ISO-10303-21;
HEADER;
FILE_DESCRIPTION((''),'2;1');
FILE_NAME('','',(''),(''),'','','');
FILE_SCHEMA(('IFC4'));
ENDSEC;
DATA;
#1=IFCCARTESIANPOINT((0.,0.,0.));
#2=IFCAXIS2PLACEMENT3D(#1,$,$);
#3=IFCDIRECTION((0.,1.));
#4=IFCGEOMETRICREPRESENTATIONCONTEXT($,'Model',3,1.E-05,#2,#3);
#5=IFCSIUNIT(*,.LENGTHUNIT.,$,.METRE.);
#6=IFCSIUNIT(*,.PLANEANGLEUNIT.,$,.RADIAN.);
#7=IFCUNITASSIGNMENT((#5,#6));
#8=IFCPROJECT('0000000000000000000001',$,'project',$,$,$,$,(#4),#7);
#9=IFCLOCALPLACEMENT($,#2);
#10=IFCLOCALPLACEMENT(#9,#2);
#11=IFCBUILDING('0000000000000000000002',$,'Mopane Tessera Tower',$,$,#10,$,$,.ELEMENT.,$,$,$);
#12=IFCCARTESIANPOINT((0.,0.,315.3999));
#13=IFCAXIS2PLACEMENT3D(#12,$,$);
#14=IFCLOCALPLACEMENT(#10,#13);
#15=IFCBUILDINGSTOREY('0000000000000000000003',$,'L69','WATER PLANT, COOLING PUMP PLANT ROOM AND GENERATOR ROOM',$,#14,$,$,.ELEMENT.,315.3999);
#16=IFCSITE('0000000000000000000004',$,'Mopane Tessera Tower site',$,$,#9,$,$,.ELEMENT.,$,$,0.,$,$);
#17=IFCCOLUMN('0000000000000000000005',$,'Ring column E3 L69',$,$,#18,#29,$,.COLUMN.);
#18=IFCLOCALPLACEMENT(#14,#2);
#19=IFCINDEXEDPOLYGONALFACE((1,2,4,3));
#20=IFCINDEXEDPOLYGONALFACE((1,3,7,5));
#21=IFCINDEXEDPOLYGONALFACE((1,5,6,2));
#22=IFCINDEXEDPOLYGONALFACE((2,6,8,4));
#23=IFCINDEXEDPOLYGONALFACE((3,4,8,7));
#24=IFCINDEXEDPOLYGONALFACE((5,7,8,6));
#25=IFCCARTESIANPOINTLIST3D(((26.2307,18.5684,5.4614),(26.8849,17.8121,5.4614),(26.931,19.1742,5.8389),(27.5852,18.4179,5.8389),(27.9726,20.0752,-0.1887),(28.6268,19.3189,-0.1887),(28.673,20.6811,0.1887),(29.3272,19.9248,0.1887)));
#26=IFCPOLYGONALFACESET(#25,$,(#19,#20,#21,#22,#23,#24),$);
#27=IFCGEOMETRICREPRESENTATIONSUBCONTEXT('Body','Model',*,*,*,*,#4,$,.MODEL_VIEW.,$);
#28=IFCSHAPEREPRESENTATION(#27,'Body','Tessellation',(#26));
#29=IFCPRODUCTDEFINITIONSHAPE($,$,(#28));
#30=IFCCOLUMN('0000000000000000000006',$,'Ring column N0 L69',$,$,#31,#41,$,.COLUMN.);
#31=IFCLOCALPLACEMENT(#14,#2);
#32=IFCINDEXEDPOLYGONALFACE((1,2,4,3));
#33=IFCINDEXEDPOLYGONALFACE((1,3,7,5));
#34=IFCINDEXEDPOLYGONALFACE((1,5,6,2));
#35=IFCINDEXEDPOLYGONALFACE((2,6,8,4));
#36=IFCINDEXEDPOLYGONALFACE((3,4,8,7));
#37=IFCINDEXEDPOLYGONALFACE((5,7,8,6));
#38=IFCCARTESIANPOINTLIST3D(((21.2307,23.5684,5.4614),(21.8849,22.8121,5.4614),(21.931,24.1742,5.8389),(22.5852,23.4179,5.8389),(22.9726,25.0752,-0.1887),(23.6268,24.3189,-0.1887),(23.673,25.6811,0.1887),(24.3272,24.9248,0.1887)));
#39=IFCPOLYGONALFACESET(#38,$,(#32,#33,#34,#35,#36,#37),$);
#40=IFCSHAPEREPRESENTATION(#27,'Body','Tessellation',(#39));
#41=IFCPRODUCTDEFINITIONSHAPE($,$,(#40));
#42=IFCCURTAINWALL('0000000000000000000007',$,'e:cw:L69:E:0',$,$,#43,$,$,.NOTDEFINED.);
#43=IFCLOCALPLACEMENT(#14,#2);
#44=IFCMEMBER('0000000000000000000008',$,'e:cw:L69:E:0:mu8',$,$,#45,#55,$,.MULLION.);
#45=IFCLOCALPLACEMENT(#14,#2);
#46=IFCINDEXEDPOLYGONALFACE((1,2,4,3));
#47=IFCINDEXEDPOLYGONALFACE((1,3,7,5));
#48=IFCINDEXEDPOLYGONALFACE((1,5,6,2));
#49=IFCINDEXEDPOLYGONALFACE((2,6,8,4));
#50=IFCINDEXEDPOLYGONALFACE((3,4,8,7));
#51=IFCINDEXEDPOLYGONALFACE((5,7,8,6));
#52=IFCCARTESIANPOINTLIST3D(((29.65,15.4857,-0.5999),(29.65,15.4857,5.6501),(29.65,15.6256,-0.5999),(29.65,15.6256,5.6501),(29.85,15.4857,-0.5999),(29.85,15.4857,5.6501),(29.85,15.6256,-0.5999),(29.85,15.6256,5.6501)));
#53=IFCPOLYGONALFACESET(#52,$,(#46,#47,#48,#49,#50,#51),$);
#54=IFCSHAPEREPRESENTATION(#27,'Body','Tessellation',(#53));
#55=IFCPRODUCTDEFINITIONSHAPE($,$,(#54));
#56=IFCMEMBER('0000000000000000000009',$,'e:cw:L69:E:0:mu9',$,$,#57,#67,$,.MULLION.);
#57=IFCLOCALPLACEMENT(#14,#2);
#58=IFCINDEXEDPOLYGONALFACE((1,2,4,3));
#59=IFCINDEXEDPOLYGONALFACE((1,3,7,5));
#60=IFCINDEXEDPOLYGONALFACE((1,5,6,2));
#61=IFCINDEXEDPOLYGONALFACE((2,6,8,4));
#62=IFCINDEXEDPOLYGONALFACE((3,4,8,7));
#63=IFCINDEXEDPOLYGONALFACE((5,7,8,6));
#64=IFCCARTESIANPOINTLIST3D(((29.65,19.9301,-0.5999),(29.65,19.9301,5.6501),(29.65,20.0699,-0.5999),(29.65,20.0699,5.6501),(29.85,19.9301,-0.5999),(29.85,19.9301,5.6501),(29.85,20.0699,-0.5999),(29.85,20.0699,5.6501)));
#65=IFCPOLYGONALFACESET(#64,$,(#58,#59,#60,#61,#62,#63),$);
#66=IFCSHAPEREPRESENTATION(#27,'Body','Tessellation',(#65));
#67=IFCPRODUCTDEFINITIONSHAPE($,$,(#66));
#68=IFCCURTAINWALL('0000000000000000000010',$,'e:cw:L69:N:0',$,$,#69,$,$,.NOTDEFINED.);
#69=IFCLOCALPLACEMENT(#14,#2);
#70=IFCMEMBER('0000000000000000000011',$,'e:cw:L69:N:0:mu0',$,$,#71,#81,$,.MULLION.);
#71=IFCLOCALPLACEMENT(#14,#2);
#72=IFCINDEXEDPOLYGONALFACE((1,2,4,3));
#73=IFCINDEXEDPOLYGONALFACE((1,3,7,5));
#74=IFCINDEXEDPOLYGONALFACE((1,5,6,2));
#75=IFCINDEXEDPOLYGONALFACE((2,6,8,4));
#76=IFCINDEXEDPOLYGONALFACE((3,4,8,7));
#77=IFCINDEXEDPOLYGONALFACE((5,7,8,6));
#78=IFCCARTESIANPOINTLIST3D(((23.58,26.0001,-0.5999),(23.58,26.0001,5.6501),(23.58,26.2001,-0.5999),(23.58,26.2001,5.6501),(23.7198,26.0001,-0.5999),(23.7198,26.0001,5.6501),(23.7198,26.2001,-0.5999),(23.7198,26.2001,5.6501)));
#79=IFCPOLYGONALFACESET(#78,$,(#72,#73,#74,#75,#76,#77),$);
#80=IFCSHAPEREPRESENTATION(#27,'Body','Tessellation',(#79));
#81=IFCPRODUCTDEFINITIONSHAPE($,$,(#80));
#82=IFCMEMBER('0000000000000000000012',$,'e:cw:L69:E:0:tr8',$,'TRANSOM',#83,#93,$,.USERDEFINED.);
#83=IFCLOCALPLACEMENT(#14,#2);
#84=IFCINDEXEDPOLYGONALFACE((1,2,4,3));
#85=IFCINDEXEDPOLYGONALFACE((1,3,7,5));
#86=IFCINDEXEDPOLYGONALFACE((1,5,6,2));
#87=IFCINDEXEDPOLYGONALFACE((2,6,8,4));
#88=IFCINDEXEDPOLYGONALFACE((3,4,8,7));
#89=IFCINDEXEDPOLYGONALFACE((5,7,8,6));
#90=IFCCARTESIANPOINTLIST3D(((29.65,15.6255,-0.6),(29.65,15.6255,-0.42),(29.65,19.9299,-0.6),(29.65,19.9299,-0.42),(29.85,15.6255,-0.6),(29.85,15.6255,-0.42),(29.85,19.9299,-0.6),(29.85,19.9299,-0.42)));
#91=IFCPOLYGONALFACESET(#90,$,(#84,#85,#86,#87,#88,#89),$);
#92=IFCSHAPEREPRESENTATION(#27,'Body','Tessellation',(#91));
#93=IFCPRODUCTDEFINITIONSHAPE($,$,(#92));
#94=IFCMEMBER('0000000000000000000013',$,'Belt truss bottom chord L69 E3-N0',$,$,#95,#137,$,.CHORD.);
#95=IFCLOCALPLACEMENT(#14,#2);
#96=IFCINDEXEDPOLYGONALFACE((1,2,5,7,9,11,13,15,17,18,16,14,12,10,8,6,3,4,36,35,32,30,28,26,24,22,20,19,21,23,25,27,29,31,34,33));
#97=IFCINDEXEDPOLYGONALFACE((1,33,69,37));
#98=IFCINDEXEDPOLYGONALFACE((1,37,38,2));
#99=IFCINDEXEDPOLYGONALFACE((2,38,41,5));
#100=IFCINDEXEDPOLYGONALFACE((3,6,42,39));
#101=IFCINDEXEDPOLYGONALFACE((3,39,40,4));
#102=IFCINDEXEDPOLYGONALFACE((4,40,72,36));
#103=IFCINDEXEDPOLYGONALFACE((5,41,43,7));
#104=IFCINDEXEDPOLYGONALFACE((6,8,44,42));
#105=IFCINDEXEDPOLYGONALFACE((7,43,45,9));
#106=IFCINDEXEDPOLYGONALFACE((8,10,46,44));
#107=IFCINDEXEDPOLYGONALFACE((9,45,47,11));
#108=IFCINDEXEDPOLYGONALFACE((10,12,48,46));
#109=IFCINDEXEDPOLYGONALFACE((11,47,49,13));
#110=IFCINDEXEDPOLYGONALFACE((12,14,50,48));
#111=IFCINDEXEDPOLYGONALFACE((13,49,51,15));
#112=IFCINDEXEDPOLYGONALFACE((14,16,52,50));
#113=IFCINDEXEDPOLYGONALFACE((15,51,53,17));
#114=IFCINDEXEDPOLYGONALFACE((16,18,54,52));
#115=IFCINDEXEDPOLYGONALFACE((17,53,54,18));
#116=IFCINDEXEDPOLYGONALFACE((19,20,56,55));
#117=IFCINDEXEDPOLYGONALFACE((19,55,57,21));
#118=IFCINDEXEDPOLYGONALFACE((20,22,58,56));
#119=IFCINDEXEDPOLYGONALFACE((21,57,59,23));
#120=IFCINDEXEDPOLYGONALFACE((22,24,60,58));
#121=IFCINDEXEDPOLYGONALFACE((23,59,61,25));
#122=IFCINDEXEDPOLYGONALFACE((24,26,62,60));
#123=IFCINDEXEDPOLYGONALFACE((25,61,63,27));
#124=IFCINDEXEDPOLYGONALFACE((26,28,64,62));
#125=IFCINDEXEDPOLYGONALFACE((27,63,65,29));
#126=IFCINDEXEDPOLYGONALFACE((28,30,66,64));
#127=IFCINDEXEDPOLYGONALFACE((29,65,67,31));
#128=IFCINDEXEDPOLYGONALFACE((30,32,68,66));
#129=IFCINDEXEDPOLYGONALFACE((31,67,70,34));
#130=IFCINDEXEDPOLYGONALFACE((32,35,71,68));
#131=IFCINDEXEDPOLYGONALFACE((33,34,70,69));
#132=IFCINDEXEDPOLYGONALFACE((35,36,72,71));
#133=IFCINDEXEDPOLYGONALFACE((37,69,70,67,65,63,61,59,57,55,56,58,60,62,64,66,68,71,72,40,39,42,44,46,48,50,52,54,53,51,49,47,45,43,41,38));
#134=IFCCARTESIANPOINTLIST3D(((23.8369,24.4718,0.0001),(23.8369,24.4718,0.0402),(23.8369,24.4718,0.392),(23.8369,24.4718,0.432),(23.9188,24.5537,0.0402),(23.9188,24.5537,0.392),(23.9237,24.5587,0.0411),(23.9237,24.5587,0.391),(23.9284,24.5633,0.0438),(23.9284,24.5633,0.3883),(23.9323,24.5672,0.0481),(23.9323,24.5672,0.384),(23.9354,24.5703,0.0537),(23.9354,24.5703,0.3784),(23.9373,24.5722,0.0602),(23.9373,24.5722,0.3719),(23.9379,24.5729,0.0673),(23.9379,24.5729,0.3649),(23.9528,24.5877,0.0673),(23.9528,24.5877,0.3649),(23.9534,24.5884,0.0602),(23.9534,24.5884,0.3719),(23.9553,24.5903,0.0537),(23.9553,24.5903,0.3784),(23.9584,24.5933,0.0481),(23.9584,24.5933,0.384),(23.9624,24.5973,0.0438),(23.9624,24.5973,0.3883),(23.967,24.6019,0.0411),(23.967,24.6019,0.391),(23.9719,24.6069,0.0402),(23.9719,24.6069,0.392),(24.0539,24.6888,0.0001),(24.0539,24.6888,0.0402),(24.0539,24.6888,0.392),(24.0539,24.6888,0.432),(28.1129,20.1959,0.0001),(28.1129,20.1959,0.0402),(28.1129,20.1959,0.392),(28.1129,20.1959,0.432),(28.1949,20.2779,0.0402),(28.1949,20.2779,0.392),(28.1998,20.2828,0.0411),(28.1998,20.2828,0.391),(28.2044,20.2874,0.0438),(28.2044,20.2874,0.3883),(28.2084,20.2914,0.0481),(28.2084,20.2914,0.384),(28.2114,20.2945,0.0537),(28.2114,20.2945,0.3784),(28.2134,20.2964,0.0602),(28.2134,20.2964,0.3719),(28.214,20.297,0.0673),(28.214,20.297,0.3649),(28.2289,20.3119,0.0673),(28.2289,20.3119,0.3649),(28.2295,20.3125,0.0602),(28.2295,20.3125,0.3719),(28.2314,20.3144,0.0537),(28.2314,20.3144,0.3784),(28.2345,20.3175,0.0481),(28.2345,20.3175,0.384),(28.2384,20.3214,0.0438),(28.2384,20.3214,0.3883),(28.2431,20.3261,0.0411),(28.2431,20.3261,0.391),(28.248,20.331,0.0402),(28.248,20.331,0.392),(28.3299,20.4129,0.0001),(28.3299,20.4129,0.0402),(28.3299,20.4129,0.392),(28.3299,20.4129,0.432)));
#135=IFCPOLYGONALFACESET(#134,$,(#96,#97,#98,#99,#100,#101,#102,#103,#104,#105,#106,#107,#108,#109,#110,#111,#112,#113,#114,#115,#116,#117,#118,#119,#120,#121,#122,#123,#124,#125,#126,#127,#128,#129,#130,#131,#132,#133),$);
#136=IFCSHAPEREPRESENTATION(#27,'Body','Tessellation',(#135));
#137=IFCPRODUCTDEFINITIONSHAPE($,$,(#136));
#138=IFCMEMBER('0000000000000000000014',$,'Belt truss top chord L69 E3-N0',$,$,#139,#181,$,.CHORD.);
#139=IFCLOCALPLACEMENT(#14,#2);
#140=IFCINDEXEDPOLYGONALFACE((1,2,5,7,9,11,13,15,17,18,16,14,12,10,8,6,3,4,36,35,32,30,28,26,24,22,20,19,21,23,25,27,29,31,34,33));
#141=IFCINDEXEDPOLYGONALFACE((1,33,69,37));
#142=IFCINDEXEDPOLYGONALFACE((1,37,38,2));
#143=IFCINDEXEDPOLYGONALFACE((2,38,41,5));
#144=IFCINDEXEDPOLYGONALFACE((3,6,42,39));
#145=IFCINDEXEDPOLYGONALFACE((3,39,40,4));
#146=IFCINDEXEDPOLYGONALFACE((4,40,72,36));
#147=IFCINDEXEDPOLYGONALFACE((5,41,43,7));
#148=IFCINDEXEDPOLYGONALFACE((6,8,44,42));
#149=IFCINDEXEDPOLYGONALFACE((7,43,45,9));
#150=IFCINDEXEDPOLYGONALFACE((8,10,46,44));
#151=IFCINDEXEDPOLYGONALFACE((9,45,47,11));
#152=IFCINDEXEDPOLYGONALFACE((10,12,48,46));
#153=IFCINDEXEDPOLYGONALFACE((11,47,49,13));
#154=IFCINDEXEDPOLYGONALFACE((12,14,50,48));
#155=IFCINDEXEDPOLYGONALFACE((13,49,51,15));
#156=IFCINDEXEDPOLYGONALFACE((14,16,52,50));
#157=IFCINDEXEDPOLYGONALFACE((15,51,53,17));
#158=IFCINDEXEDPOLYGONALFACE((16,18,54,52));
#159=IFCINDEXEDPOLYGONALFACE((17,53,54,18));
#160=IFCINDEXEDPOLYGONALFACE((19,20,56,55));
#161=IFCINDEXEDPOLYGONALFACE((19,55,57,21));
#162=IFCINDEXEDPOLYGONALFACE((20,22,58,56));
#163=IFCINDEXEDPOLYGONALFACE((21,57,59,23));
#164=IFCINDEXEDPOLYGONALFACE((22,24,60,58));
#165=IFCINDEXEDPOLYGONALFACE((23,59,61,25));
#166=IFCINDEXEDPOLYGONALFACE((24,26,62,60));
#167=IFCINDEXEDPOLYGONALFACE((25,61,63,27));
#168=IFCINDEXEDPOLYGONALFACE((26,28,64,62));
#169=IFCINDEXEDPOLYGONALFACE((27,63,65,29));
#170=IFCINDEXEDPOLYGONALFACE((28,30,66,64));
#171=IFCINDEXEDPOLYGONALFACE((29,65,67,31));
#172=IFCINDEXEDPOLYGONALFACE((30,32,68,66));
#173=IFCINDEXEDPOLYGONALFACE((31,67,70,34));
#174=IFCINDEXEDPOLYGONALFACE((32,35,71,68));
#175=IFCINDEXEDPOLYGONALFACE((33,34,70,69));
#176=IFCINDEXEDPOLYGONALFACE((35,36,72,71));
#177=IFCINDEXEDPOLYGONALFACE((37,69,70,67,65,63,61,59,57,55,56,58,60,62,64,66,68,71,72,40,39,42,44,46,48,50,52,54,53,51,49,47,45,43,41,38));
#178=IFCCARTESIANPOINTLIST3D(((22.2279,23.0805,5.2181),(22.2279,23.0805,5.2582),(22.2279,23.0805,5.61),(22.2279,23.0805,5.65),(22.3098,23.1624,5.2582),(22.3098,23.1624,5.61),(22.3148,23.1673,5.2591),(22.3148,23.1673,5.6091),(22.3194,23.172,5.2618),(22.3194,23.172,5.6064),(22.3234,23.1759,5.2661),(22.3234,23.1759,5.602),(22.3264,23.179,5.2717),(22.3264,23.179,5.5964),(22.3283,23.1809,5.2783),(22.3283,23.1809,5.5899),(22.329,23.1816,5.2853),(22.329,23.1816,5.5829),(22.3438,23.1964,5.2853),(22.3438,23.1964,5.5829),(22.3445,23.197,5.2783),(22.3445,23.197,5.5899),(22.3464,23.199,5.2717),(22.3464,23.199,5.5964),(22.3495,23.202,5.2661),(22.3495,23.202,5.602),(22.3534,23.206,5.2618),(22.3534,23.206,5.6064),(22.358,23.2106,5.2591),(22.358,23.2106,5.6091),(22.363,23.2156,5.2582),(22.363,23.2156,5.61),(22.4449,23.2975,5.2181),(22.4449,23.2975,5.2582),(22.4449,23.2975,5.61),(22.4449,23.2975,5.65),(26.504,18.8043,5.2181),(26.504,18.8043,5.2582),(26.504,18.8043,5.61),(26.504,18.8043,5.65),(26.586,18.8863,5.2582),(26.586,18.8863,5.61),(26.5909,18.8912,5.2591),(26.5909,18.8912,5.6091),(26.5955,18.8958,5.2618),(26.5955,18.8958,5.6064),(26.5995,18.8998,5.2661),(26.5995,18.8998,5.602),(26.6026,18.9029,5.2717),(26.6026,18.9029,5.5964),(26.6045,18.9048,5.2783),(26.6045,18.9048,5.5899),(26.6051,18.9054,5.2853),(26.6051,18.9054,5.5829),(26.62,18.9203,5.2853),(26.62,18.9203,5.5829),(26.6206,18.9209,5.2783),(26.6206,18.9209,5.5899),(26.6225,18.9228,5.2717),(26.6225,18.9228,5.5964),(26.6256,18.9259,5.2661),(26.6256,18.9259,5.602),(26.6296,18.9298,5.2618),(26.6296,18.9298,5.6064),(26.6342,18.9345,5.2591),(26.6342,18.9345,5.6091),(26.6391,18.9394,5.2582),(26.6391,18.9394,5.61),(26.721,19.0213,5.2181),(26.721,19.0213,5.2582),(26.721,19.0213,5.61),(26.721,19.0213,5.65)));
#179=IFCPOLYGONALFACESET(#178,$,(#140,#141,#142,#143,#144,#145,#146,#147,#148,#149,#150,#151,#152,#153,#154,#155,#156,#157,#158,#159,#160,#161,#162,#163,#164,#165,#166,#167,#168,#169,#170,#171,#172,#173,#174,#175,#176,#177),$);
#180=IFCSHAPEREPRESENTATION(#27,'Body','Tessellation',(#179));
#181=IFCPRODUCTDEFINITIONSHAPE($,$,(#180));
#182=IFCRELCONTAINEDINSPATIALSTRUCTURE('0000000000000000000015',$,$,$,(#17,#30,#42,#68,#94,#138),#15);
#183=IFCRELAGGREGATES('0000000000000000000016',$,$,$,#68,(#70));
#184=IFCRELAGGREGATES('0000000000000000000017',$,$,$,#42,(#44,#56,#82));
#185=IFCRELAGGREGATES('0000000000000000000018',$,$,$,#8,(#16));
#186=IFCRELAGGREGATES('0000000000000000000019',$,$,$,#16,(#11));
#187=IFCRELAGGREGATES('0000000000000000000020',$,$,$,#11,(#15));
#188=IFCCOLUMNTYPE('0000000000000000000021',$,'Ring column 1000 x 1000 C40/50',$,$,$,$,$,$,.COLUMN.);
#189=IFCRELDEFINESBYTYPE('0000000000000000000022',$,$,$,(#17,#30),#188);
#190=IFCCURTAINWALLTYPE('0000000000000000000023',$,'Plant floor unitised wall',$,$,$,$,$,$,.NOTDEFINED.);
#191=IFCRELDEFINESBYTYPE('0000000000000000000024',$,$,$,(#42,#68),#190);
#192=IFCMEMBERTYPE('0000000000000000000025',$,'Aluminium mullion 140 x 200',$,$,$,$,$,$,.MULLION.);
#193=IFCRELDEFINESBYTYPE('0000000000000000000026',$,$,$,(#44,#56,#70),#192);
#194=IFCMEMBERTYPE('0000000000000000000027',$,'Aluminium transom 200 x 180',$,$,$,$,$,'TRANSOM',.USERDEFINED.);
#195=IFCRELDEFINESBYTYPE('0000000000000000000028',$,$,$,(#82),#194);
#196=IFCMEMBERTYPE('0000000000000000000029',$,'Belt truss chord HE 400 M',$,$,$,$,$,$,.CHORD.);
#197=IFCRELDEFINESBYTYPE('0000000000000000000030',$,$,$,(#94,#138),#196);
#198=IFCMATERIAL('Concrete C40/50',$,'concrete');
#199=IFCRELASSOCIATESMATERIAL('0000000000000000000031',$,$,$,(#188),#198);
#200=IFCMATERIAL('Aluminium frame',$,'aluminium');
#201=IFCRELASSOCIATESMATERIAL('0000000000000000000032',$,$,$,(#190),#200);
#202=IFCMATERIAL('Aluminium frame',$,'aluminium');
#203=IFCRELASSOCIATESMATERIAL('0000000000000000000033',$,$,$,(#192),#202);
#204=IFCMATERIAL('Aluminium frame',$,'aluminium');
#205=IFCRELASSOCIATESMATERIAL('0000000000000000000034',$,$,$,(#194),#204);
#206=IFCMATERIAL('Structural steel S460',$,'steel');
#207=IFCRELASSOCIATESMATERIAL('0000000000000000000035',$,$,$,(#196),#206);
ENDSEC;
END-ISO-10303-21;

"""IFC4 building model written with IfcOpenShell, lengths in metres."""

from ifc_helpers import new_model, si_unit, direction, frame, origin, origin_2d, place, context, subcontext, project, spatial, rectangle, i_section, extrude, material, material_profile, profile_set, type_object, element, aggregate, save


model = new_model("IFC4")

# Units and contexts
model_context = context("Model", 3, precision=1e-05, world=origin(), true_north=direction((0.0, 1.0)))
body_context = subcontext(model_context, "Body", "Model", "MODEL_VIEW")
ifc_project = project(units=[si_unit("LENGTHUNIT", "METRE"), si_unit("PLANEANGLEUNIT", "RADIAN")], contexts=[model_context])

# Site, building, storey
site_placement = place(None, origin())
site = spatial("IfcSite", under=ifc_project, at=site_placement, Name="Mopane Tessera Tower site", CompositionType="ELEMENT", RefElevation=0.0)
building_placement = place(site_placement, origin())
building = spatial("IfcBuilding", under=site, at=building_placement, Name="Mopane Tessera Tower", CompositionType="ELEMENT")
storey_placement = place(building_placement, frame((0.0, 0.0, 315.3999)))
storey = spatial("IfcBuildingStorey", under=building, at=storey_placement, Name="L69", Description="WATER PLANT, COOLING PUMP PLANT ROOM AND GENERATOR ROOM", CompositionType="ELEMENT", Elevation=315.3999)

# Columns
ifc_material_1 = material(Name="Concrete C40/50", Category="concrete")
ifc_material_profile_1 = material_profile(ifc_material_1, rectangle(XDim=1.0, YDim=1.0, at=origin_2d()))
ifc_profile_set_1 = profile_set([ifc_material_profile_1], Name="Concrete C40/50")
column_type = type_object("IfcColumnType", Name="Ring column 1000 x 1000 C40/50", PredefinedType="COLUMN", material=ifc_profile_set_1)
for number, where, z_axis, x_axis, name in (
    (1, (28.6499, 20.0, 0.0), (-0.285491, -0.246959, 0.926016), (0.654224, -0.756301, 0.0), "Ring column E3 L69"),
    (2, (23.6499, 25.0, 0.0), (-0.285491, -0.246959, 0.926016), (0.654224, -0.756301, 0.0), "Ring column N0 L69"),
):
    element("IfcColumn", number, at=place(storey_placement, frame(where, z_axis=z_axis, x_axis=x_axis)), inside=storey, type_object=column_type, Name=name, PredefinedType="COLUMN", context=body_context, shape_type="SweptSolid", body=[
        extrude(rectangle(XDim=1.0, YDim=1.0, at=origin_2d()), origin(), (0.0, 0.0, 1.0), 6.1016),
    ])

# Curtain wall, members
ifc_material_2 = material(Name="Aluminium frame", Category="aluminium")
curtain_wall_type = type_object("IfcCurtainWallType", Name="Plant floor unitised wall", PredefinedType="NOTDEFINED", material=ifc_material_2)
curtain_wall_1_placement = place(storey_placement, origin())
curtain_wall_1 = element("IfcCurtainWall", 3, at=curtain_wall_1_placement, inside=storey, type_object=curtain_wall_type, Name="e:cw:L69:E:0", PredefinedType="NOTDEFINED")
ifc_material_3 = material(Name="Aluminium frame", Category="aluminium")
ifc_material_profile_2 = material_profile(ifc_material_3, rectangle(XDim=0.1399, YDim=0.2, at=origin_2d()))
ifc_profile_set_2 = profile_set([ifc_material_profile_2], Name="Aluminium frame")
member_type_1 = type_object("IfcMemberType", Name="Aluminium mullion 140 x 200", PredefinedType="MULLION", material=ifc_profile_set_2)
member_1_placement = place(storey_placement, frame((29.75, 15.5557, -0.5999), z_axis=(0.0, 0.0, 1.0), x_axis=(0.0, 1.0, 0.0)))
member_1 = element("IfcMember", 4, at=member_1_placement, type_object=member_type_1, Name="e:cw:L69:E:0:mu8", PredefinedType="MULLION", context=body_context, shape_type="SweptSolid", body=[
    extrude(rectangle(XDim=0.1399, YDim=0.2, at=origin_2d()), origin(), (0.0, 0.0, 1.0), 6.25),
])
member_2_placement = place(storey_placement, frame((29.75, 20.0, -0.5999), z_axis=(0.0, 0.0, 1.0), x_axis=(0.0, 1.0, 0.0)))
member_2 = element("IfcMember", 5, at=member_2_placement, type_object=member_type_1, Name="e:cw:L69:E:0:mu9", PredefinedType="MULLION", context=body_context, shape_type="SweptSolid", body=[
    extrude(rectangle(XDim=0.1399, YDim=0.2, at=origin_2d()), origin(), (0.0, 0.0, 1.0), 6.25),
])

# Curtain wall, member
curtain_wall_2_placement = place(storey_placement, origin())
curtain_wall_2 = element("IfcCurtainWall", 6, at=curtain_wall_2_placement, inside=storey, type_object=curtain_wall_type, Name="e:cw:L69:N:0", PredefinedType="NOTDEFINED")
member_3_placement = place(storey_placement, frame((23.6499, 26.1001, -0.5999), z_axis=(0.0, 0.0, 1.0), x_axis=(-1.0, 0.0, 0.0)))
member_3 = element("IfcMember", 7, at=member_3_placement, type_object=member_type_1, Name="e:cw:L69:N:0:mu0", PredefinedType="MULLION", context=body_context, shape_type="SweptSolid", body=[
    extrude(rectangle(XDim=0.1399, YDim=0.2, at=origin_2d()), origin(), (0.0, 0.0, 1.0), 6.25),
])
aggregate(curtain_wall_2, [member_3])

# Member
ifc_material_4 = material(Name="Aluminium frame", Category="aluminium")
ifc_material_profile_3 = material_profile(ifc_material_4, rectangle(XDim=0.2, YDim=0.1799, at=origin_2d()))
ifc_profile_set_3 = profile_set([ifc_material_profile_3], Name="Aluminium frame")
member_type_2 = type_object("IfcMemberType", Name="Aluminium transom 200 x 180", ElementType="TRANSOM", PredefinedType="USERDEFINED", material=ifc_profile_set_3)
member_4_placement = place(storey_placement, frame((29.75, 15.6255, -0.51), z_axis=(0.0, 1.0, 0.0), x_axis=(-1.0, 0.0, 0.0)))
member_4 = element("IfcMember", 8, at=member_4_placement, type_object=member_type_2, Name="e:cw:L69:E:0:tr8", ObjectType="TRANSOM", PredefinedType="USERDEFINED", context=body_context, shape_type="SweptSolid", body=[
    extrude(rectangle(XDim=0.2, YDim=0.1799, at=origin_2d()), origin(), (0.0, 0.0, 1.0), 4.3044),
])

# Members
ifc_material_5 = material(Name="Structural steel S460", Category="steel")
ifc_material_profile_4 = material_profile(ifc_material_5, i_section(OverallWidth=0.3069, OverallDepth=0.4319, WebThickness=0.021, FlangeThickness=0.04, FilletRadius=0.0271, at=origin_2d()))
ifc_profile_set_4 = profile_set([ifc_material_profile_4], Name="Structural steel S460")
member_type_3 = type_object("IfcMemberType", Name="Belt truss chord HE 400 M", PredefinedType="CHORD", material=ifc_profile_set_4)
member_5_placement = place(storey_placement, frame((28.2214, 20.3044, 0.2161), z_axis=(-0.707127, 0.707087, 0.0), x_axis=(-0.707087, -0.707127, 0.0)))
element("IfcMember", 9, at=member_5_placement, inside=storey, type_object=member_type_3, Name="Belt truss bottom chord L69 E3-N0", PredefinedType="CHORD", context=body_context, shape_type="SweptSolid", body=[
    extrude(i_section(OverallWidth=0.3069, OverallDepth=0.4319, WebThickness=0.021, FlangeThickness=0.04, FilletRadius=0.0271, at=origin_2d()), origin(), (0.0, 0.0, 1.0), 6.0471),
])
member_6_placement = place(storey_placement, frame((26.6125, 18.9128, 5.4341), z_axis=(-0.707107, 0.707107, 0.0), x_axis=(-0.707107, -0.707107, 0.0)))
element("IfcMember", 10, at=member_6_placement, inside=storey, type_object=member_type_3, Name="Belt truss top chord L69 E3-N0", PredefinedType="CHORD", context=body_context, shape_type="SweptSolid", body=[
    extrude(i_section(OverallWidth=0.3069, OverallDepth=0.4319, WebThickness=0.021, FlangeThickness=0.04, FilletRadius=0.0271, at=origin_2d()), origin(), (0.0, 0.0, 1.0), 6.0474),
])

aggregate(curtain_wall_1, [member_1, member_2, member_4])

save(model, "model.ifc")
